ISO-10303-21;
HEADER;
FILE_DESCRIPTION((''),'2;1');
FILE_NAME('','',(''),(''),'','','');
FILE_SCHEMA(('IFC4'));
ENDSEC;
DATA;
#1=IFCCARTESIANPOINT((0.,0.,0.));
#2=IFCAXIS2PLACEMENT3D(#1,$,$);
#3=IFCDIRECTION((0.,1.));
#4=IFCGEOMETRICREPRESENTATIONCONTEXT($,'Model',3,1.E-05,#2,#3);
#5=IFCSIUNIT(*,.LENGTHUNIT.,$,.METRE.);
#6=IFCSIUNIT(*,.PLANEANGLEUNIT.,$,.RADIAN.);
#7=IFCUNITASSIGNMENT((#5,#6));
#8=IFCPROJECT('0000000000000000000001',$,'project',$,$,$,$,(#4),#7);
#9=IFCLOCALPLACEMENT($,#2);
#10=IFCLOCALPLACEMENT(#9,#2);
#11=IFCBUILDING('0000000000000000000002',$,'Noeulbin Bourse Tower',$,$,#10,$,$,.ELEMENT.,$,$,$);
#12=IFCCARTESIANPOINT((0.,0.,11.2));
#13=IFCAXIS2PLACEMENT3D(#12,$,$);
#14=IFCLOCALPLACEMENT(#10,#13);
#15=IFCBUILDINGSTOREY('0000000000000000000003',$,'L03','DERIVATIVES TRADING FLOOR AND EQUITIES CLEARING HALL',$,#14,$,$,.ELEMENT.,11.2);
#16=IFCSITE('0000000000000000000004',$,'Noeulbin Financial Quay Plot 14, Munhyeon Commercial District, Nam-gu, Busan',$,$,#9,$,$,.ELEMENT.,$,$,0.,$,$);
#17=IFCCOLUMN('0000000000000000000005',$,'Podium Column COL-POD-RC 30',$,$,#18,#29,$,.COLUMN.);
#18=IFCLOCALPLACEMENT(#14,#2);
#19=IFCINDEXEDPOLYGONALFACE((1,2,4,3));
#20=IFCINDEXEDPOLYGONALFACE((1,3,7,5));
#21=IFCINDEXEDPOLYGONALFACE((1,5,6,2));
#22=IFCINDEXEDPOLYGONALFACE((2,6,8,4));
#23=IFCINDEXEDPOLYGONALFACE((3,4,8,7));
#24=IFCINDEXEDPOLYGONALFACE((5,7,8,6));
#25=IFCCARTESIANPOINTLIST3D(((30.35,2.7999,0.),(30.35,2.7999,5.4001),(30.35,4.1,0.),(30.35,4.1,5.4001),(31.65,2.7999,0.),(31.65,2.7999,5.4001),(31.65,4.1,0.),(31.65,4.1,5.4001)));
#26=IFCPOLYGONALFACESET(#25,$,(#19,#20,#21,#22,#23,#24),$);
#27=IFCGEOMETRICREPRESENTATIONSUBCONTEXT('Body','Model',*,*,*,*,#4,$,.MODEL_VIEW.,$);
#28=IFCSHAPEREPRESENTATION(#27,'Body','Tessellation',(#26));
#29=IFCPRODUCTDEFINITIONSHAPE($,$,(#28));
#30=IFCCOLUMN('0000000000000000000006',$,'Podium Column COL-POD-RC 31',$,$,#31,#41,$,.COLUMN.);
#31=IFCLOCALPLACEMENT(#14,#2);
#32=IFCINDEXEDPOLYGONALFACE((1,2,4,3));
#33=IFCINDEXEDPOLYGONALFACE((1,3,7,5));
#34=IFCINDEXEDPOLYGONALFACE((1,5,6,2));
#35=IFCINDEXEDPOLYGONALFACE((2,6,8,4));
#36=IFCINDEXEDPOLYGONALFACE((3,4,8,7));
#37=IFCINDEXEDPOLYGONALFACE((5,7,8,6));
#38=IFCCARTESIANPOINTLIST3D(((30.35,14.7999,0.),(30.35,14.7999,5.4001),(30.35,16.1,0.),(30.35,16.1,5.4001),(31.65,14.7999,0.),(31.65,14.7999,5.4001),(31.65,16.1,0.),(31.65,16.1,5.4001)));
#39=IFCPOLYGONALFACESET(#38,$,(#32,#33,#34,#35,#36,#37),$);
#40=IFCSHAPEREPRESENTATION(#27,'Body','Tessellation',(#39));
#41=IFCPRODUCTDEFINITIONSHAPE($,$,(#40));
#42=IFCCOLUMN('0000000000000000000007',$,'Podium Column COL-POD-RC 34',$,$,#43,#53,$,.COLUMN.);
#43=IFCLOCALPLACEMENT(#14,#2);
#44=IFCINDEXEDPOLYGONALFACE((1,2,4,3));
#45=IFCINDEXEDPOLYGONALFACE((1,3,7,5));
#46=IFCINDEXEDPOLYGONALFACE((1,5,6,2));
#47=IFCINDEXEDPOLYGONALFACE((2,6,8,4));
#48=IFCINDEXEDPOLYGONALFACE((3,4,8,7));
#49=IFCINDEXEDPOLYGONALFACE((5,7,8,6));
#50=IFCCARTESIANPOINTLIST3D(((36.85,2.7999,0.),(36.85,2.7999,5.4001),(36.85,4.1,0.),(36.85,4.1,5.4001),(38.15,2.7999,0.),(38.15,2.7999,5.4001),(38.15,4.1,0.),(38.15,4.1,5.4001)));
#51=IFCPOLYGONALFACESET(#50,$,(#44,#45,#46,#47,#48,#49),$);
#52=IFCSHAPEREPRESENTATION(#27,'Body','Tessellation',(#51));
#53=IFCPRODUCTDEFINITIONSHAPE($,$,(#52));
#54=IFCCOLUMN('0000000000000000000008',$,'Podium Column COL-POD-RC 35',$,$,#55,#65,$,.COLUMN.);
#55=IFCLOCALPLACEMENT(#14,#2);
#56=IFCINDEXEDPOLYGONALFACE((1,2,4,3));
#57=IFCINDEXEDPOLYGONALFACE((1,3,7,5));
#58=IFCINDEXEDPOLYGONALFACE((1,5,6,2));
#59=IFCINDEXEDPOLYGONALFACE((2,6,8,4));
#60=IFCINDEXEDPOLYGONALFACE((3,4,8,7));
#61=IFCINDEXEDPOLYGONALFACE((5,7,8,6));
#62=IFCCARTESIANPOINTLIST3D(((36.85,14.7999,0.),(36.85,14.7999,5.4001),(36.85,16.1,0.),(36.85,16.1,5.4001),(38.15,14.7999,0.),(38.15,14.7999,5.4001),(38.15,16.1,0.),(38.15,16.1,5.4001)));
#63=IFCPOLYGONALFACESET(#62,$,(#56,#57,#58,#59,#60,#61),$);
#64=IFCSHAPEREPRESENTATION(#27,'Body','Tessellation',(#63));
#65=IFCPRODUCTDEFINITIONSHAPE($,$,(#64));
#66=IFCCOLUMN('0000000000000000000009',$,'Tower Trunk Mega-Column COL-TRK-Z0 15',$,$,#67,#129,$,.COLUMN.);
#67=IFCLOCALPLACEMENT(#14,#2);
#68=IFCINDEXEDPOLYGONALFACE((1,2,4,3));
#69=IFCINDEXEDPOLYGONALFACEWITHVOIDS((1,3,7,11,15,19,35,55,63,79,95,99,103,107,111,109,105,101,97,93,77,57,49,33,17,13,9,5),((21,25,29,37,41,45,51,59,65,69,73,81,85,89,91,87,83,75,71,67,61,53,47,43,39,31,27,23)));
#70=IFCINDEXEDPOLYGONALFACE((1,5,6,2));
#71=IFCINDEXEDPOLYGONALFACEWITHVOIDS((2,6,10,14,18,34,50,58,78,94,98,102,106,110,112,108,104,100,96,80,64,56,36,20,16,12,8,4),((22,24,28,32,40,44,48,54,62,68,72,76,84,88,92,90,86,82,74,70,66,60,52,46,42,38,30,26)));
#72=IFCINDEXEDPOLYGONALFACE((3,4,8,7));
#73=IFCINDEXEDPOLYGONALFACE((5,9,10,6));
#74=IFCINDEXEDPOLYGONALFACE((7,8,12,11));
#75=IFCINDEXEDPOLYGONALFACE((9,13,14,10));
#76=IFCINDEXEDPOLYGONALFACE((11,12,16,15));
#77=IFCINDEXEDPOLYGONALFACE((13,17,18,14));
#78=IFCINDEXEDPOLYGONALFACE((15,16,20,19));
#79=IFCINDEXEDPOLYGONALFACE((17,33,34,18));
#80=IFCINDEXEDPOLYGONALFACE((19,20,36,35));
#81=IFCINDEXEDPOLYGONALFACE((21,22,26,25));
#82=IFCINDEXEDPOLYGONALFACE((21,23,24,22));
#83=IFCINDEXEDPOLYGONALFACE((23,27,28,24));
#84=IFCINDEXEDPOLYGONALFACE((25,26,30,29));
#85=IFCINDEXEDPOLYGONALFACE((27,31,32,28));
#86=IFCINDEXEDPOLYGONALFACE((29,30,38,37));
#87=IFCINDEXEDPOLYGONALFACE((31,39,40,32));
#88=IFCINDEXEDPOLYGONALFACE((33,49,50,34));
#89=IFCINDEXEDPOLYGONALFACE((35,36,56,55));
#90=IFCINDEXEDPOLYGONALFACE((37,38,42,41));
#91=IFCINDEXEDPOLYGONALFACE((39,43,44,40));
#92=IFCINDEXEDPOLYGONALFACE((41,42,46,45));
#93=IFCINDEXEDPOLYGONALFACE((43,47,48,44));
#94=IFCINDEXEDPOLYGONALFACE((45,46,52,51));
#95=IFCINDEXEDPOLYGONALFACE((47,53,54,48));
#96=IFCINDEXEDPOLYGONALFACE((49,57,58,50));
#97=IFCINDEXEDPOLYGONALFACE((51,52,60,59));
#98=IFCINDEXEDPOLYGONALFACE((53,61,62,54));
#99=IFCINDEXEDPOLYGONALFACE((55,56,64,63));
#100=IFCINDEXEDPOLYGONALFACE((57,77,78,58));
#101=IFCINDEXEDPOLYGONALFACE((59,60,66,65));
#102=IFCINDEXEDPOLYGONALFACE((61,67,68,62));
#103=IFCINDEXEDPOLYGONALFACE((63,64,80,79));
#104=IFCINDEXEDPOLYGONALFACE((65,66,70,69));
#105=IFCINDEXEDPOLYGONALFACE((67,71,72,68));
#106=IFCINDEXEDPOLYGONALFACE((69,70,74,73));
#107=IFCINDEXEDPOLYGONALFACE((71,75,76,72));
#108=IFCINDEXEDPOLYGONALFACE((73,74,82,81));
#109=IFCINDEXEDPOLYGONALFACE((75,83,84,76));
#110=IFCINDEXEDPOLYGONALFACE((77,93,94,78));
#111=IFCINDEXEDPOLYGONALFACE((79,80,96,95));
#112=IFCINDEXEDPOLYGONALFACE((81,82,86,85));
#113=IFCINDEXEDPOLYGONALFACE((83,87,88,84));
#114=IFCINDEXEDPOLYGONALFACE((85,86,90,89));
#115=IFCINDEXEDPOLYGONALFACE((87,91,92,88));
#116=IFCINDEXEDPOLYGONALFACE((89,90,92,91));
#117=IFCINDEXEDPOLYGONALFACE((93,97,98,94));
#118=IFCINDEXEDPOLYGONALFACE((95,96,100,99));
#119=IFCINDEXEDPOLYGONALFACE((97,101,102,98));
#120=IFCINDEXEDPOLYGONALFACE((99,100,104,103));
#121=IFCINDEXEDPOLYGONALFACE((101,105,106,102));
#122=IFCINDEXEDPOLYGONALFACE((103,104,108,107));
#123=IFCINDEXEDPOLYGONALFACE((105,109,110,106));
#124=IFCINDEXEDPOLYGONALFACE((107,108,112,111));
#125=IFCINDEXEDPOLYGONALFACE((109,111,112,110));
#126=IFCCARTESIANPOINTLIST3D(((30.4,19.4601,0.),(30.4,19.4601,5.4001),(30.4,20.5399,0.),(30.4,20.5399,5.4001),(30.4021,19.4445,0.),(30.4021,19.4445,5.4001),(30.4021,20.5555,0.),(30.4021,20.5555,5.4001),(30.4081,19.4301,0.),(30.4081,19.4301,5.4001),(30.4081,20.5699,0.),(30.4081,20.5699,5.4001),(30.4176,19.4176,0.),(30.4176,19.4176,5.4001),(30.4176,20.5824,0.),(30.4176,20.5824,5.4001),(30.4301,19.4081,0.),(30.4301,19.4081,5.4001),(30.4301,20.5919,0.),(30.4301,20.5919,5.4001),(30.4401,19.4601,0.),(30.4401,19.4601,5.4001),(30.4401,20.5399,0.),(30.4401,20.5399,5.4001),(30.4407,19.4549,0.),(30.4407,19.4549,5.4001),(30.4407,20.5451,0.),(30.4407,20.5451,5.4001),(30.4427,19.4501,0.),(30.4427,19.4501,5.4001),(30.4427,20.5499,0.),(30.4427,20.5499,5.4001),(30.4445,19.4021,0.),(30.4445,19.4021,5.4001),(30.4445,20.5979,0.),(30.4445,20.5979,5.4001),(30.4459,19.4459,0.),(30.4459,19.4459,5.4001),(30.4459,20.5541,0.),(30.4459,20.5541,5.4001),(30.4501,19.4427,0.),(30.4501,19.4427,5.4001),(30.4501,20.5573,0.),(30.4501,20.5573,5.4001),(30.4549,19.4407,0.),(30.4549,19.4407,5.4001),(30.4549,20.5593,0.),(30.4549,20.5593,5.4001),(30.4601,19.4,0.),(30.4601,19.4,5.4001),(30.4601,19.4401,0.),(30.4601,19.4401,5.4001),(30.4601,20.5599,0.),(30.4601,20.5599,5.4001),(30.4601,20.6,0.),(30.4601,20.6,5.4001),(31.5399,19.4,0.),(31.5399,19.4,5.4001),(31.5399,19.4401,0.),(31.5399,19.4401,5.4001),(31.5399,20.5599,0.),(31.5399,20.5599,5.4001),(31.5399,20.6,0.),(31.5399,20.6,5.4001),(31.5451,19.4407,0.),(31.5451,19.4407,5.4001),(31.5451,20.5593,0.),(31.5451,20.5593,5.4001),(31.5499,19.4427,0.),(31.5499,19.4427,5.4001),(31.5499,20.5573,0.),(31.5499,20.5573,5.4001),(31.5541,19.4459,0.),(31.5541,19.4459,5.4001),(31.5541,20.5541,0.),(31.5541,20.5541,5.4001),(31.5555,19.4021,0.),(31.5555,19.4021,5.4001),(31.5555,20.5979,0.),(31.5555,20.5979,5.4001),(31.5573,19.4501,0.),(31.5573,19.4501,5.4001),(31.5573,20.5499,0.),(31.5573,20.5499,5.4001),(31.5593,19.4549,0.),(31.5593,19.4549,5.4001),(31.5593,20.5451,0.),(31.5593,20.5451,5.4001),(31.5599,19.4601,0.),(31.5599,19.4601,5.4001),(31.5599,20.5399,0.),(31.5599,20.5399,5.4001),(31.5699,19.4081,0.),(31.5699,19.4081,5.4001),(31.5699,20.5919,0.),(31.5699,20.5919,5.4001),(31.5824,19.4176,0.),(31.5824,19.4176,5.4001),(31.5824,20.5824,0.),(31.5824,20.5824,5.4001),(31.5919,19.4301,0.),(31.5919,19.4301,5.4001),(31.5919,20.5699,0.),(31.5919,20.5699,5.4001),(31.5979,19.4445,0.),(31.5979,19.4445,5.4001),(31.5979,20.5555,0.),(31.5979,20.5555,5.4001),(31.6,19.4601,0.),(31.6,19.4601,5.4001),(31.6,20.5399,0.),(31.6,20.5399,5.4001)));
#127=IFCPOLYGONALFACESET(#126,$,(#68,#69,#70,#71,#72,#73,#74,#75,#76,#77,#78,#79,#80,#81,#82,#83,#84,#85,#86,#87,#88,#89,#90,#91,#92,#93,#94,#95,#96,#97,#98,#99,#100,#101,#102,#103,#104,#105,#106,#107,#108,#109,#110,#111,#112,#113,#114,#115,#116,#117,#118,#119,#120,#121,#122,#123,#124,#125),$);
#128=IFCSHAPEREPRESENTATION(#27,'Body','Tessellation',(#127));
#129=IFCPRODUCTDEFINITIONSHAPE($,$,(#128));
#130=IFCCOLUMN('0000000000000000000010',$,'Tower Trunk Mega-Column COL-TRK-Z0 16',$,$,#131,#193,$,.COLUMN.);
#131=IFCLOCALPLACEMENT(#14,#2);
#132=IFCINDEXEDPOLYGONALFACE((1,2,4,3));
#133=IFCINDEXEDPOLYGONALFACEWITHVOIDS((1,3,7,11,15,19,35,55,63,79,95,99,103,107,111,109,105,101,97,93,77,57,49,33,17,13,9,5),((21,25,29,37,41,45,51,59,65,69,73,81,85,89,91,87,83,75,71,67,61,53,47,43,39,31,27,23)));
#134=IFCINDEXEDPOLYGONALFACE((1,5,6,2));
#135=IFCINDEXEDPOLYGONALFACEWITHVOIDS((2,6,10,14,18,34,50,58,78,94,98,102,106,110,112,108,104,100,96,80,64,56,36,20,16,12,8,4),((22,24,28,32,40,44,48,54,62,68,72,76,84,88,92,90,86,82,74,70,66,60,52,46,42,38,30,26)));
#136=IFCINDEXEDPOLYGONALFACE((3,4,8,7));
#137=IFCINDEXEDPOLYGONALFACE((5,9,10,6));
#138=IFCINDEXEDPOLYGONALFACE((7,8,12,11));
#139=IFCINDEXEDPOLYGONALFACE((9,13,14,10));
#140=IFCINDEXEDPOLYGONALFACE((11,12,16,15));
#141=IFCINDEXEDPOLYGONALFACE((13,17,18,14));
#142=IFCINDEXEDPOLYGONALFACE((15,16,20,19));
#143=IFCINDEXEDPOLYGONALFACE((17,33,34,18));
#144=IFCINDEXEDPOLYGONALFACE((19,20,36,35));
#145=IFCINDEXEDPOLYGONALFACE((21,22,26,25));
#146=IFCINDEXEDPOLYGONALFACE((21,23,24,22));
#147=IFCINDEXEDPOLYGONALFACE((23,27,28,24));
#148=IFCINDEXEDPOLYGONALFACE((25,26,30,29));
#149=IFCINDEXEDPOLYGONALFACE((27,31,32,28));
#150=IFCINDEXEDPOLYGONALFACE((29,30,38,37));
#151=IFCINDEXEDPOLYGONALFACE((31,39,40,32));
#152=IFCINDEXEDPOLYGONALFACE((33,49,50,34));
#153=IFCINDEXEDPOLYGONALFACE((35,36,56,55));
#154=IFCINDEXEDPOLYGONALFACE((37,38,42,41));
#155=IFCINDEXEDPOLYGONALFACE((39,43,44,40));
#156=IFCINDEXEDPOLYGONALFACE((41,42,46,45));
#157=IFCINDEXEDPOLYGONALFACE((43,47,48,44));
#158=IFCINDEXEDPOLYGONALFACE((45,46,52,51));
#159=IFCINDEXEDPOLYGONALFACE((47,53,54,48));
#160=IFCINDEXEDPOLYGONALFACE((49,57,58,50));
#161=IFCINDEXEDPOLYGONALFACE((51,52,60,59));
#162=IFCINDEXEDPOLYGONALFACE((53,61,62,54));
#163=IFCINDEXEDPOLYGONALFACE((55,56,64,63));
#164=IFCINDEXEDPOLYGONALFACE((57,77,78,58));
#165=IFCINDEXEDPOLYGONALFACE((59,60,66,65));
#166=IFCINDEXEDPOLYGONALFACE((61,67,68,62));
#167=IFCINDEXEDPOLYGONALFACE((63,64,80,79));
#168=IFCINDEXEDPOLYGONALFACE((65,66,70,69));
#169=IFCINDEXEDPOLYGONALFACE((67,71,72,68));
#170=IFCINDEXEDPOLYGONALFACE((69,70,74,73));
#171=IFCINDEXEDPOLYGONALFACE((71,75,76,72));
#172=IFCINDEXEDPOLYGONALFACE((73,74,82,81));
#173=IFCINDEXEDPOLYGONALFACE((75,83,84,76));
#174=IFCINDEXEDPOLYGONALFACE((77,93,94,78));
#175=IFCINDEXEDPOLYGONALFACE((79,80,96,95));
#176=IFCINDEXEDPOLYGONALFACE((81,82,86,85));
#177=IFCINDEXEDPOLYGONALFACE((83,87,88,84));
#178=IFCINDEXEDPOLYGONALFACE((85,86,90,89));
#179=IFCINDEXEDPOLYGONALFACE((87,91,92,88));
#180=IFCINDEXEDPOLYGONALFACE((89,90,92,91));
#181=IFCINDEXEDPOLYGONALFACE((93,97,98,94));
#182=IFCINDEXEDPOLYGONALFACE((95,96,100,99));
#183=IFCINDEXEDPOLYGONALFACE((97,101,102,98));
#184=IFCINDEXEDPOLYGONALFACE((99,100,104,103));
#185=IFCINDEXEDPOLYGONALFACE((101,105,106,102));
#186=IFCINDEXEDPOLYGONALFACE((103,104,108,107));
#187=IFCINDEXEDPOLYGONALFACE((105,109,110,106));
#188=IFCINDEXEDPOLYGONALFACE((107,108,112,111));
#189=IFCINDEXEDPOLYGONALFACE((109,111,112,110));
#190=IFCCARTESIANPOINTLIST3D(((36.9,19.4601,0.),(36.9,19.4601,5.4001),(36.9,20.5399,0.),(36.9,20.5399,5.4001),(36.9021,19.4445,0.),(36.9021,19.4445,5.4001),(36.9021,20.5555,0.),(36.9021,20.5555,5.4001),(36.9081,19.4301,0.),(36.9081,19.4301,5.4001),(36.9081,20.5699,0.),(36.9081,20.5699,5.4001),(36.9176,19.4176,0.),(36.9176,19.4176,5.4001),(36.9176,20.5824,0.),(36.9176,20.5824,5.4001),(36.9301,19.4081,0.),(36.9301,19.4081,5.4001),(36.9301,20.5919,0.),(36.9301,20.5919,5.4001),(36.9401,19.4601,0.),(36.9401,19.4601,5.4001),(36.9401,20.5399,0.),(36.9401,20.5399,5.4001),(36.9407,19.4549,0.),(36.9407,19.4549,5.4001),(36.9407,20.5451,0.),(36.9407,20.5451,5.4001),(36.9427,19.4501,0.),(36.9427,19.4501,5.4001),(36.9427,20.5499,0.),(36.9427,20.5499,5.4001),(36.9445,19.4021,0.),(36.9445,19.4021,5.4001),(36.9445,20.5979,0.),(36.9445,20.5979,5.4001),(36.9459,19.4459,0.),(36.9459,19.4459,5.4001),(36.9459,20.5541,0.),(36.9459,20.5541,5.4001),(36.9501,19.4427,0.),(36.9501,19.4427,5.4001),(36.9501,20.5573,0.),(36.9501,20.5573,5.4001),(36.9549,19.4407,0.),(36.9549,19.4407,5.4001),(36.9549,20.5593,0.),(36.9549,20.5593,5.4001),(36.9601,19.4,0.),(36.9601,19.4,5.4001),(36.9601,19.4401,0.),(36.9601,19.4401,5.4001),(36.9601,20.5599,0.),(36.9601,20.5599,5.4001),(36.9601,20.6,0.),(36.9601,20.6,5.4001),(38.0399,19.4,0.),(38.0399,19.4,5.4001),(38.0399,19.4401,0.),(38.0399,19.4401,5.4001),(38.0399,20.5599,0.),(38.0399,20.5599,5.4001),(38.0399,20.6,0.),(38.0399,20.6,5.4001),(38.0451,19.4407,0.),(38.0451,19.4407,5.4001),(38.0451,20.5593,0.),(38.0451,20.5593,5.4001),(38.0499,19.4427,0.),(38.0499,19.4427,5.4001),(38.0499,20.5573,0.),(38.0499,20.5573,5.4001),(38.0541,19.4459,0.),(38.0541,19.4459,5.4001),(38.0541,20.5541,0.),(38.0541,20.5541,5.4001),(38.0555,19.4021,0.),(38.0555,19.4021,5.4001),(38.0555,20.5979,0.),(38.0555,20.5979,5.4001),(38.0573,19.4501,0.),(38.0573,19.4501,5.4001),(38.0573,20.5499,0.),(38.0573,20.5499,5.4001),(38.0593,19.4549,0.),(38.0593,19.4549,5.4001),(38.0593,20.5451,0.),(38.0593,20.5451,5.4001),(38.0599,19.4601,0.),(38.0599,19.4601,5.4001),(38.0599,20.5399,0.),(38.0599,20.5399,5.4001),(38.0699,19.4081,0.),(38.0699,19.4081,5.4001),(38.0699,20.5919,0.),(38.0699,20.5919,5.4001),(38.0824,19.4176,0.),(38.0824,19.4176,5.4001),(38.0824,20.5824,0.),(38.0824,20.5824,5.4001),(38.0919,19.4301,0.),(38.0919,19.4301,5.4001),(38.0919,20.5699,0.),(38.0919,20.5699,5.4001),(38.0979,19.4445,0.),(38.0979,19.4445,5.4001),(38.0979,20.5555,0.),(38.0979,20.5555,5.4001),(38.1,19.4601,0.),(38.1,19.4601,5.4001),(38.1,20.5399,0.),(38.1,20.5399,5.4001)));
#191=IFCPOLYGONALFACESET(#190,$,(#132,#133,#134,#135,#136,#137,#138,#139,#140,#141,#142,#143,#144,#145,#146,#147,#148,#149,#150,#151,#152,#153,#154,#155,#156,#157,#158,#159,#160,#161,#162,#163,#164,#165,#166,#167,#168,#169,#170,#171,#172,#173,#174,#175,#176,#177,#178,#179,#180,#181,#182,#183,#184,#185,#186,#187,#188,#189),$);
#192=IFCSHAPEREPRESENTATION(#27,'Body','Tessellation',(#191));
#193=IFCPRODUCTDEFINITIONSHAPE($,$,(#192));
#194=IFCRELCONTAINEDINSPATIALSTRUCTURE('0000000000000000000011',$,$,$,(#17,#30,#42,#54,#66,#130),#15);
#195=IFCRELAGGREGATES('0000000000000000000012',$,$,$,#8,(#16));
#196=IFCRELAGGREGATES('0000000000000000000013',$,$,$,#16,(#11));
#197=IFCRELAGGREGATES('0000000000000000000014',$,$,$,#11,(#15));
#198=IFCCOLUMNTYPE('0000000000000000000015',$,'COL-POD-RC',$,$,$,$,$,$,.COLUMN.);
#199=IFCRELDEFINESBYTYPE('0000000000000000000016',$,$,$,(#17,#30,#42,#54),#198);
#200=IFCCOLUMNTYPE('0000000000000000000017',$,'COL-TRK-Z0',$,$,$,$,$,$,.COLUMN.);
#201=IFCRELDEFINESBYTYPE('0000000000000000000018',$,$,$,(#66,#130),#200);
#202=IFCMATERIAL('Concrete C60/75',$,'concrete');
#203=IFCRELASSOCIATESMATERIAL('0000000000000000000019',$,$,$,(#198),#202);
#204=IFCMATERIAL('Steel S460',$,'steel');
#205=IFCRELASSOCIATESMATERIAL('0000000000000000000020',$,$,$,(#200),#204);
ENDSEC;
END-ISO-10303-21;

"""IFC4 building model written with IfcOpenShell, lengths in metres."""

from ifc_helpers import new_model, si_unit, direction, frame, origin, origin_2d, place, context, subcontext, project, spatial, rectangle, hollow_rectangle, extrude, material, material_profile, profile_set, type_object, element, save


model = new_model("IFC4")

# Units and contexts
model_context = context("Model", 3, precision=1e-05, world=origin(), true_north=direction((0.0, 1.0)))
body_context = subcontext(model_context, "Body", "Model", "MODEL_VIEW")
ifc_project = project(units=[si_unit("LENGTHUNIT", "METRE"), si_unit("PLANEANGLEUNIT", "RADIAN")], contexts=[model_context])

# Site, building, storey
site_placement = place(None, origin())
site = spatial("IfcSite", under=ifc_project, at=site_placement, Name="Noeulbin Financial Quay Plot 14, Munhyeon Commercial District, Nam-gu, Busan", CompositionType="ELEMENT", RefElevation=0.0)
building_placement = place(site_placement, origin())
building = spatial("IfcBuilding", under=site, at=building_placement, Name="Noeulbin Bourse Tower", CompositionType="ELEMENT")
storey_placement = place(building_placement, frame((0.0, 0.0, 11.2)))
storey = spatial("IfcBuildingStorey", under=building, at=storey_placement, Name="L03", Description="DERIVATIVES TRADING FLOOR AND EQUITIES CLEARING HALL", CompositionType="ELEMENT", Elevation=11.2)

# Columns
ifc_material_1 = material(Name="Concrete C60/75", Category="concrete")
ifc_material_profile_1 = material_profile(ifc_material_1, rectangle(XDim=1.3, YDim=1.3, at=origin_2d()), Name="RC-COL-1300x1300", Category="LoadBearing")
ifc_profile_set_1 = profile_set([ifc_material_profile_1], Name="Concrete C60/75")
column_type_1 = type_object("IfcColumnType", Name="COL-POD-RC", PredefinedType="COLUMN", material=ifc_profile_set_1)
for number, where, z_axis, x_axis, name in (
    (1, (31.0, 3.45, 0.0), (0.0, 0.0, 1.0), (1.0, 0.0, 0.0), "Podium Column COL-POD-RC 30"),
    (2, (31.0, 15.45, 0.0), (0.0, 0.0, 1.0), (1.0, 0.0, 0.0), "Podium Column COL-POD-RC 31"),
    (3, (37.5, 3.45, 0.0), (0.0, 0.0, 1.0), (1.0, 0.0, 0.0), "Podium Column COL-POD-RC 34"),
    (4, (37.5, 15.45, 0.0), (0.0, 0.0, 1.0), (1.0, 0.0, 0.0), "Podium Column COL-POD-RC 35"),
):
    element("IfcColumn", number, at=place(storey_placement, frame(where, z_axis=z_axis, x_axis=x_axis)), inside=storey, type_object=column_type_1, Name=name, PredefinedType="COLUMN", context=body_context, shape_type="SweptSolid", body=[
        extrude(rectangle(XDim=1.3, YDim=1.3, at=origin_2d()), origin(), (0.0, 0.0, 1.0), 5.4001),
    ])
ifc_material_2 = material(Name="Steel S460", Category="steel")
ifc_material_profile_2 = material_profile(ifc_material_2, hollow_rectangle(XDim=1.2, YDim=1.2, WallThickness=0.04, InnerFilletRadius=0.02, OuterFilletRadius=0.0601, at=origin_2d()), Name="BOX-1200x1200x40", Category="LoadBearing")
ifc_profile_set_2 = profile_set([ifc_material_profile_2], Name="Steel S460")
column_type_2 = type_object("IfcColumnType", Name="COL-TRK-Z0", PredefinedType="COLUMN", material=ifc_profile_set_2)
for number, where, z_axis, x_axis, name in (
    (5, (31.0, 20.0, 0.0), (0.0, 0.0, 1.0), (1.0, 0.0, 0.0), "Tower Trunk Mega-Column COL-TRK-Z0 15"),
    (6, (37.5, 20.0, 0.0), (0.0, 0.0, 1.0), (1.0, 0.0, 0.0), "Tower Trunk Mega-Column COL-TRK-Z0 16"),
):
    element("IfcColumn", number, at=place(storey_placement, frame(where, z_axis=z_axis, x_axis=x_axis)), inside=storey, type_object=column_type_2, Name=name, PredefinedType="COLUMN", context=body_context, shape_type="SweptSolid", body=[
        extrude(hollow_rectangle(XDim=1.2, YDim=1.2, WallThickness=0.04, InnerFilletRadius=0.02, OuterFilletRadius=0.0601, at=origin_2d()), origin(), (0.0, 0.0, 1.0), 5.4001),
    ])

save(model, "model.ifc")
